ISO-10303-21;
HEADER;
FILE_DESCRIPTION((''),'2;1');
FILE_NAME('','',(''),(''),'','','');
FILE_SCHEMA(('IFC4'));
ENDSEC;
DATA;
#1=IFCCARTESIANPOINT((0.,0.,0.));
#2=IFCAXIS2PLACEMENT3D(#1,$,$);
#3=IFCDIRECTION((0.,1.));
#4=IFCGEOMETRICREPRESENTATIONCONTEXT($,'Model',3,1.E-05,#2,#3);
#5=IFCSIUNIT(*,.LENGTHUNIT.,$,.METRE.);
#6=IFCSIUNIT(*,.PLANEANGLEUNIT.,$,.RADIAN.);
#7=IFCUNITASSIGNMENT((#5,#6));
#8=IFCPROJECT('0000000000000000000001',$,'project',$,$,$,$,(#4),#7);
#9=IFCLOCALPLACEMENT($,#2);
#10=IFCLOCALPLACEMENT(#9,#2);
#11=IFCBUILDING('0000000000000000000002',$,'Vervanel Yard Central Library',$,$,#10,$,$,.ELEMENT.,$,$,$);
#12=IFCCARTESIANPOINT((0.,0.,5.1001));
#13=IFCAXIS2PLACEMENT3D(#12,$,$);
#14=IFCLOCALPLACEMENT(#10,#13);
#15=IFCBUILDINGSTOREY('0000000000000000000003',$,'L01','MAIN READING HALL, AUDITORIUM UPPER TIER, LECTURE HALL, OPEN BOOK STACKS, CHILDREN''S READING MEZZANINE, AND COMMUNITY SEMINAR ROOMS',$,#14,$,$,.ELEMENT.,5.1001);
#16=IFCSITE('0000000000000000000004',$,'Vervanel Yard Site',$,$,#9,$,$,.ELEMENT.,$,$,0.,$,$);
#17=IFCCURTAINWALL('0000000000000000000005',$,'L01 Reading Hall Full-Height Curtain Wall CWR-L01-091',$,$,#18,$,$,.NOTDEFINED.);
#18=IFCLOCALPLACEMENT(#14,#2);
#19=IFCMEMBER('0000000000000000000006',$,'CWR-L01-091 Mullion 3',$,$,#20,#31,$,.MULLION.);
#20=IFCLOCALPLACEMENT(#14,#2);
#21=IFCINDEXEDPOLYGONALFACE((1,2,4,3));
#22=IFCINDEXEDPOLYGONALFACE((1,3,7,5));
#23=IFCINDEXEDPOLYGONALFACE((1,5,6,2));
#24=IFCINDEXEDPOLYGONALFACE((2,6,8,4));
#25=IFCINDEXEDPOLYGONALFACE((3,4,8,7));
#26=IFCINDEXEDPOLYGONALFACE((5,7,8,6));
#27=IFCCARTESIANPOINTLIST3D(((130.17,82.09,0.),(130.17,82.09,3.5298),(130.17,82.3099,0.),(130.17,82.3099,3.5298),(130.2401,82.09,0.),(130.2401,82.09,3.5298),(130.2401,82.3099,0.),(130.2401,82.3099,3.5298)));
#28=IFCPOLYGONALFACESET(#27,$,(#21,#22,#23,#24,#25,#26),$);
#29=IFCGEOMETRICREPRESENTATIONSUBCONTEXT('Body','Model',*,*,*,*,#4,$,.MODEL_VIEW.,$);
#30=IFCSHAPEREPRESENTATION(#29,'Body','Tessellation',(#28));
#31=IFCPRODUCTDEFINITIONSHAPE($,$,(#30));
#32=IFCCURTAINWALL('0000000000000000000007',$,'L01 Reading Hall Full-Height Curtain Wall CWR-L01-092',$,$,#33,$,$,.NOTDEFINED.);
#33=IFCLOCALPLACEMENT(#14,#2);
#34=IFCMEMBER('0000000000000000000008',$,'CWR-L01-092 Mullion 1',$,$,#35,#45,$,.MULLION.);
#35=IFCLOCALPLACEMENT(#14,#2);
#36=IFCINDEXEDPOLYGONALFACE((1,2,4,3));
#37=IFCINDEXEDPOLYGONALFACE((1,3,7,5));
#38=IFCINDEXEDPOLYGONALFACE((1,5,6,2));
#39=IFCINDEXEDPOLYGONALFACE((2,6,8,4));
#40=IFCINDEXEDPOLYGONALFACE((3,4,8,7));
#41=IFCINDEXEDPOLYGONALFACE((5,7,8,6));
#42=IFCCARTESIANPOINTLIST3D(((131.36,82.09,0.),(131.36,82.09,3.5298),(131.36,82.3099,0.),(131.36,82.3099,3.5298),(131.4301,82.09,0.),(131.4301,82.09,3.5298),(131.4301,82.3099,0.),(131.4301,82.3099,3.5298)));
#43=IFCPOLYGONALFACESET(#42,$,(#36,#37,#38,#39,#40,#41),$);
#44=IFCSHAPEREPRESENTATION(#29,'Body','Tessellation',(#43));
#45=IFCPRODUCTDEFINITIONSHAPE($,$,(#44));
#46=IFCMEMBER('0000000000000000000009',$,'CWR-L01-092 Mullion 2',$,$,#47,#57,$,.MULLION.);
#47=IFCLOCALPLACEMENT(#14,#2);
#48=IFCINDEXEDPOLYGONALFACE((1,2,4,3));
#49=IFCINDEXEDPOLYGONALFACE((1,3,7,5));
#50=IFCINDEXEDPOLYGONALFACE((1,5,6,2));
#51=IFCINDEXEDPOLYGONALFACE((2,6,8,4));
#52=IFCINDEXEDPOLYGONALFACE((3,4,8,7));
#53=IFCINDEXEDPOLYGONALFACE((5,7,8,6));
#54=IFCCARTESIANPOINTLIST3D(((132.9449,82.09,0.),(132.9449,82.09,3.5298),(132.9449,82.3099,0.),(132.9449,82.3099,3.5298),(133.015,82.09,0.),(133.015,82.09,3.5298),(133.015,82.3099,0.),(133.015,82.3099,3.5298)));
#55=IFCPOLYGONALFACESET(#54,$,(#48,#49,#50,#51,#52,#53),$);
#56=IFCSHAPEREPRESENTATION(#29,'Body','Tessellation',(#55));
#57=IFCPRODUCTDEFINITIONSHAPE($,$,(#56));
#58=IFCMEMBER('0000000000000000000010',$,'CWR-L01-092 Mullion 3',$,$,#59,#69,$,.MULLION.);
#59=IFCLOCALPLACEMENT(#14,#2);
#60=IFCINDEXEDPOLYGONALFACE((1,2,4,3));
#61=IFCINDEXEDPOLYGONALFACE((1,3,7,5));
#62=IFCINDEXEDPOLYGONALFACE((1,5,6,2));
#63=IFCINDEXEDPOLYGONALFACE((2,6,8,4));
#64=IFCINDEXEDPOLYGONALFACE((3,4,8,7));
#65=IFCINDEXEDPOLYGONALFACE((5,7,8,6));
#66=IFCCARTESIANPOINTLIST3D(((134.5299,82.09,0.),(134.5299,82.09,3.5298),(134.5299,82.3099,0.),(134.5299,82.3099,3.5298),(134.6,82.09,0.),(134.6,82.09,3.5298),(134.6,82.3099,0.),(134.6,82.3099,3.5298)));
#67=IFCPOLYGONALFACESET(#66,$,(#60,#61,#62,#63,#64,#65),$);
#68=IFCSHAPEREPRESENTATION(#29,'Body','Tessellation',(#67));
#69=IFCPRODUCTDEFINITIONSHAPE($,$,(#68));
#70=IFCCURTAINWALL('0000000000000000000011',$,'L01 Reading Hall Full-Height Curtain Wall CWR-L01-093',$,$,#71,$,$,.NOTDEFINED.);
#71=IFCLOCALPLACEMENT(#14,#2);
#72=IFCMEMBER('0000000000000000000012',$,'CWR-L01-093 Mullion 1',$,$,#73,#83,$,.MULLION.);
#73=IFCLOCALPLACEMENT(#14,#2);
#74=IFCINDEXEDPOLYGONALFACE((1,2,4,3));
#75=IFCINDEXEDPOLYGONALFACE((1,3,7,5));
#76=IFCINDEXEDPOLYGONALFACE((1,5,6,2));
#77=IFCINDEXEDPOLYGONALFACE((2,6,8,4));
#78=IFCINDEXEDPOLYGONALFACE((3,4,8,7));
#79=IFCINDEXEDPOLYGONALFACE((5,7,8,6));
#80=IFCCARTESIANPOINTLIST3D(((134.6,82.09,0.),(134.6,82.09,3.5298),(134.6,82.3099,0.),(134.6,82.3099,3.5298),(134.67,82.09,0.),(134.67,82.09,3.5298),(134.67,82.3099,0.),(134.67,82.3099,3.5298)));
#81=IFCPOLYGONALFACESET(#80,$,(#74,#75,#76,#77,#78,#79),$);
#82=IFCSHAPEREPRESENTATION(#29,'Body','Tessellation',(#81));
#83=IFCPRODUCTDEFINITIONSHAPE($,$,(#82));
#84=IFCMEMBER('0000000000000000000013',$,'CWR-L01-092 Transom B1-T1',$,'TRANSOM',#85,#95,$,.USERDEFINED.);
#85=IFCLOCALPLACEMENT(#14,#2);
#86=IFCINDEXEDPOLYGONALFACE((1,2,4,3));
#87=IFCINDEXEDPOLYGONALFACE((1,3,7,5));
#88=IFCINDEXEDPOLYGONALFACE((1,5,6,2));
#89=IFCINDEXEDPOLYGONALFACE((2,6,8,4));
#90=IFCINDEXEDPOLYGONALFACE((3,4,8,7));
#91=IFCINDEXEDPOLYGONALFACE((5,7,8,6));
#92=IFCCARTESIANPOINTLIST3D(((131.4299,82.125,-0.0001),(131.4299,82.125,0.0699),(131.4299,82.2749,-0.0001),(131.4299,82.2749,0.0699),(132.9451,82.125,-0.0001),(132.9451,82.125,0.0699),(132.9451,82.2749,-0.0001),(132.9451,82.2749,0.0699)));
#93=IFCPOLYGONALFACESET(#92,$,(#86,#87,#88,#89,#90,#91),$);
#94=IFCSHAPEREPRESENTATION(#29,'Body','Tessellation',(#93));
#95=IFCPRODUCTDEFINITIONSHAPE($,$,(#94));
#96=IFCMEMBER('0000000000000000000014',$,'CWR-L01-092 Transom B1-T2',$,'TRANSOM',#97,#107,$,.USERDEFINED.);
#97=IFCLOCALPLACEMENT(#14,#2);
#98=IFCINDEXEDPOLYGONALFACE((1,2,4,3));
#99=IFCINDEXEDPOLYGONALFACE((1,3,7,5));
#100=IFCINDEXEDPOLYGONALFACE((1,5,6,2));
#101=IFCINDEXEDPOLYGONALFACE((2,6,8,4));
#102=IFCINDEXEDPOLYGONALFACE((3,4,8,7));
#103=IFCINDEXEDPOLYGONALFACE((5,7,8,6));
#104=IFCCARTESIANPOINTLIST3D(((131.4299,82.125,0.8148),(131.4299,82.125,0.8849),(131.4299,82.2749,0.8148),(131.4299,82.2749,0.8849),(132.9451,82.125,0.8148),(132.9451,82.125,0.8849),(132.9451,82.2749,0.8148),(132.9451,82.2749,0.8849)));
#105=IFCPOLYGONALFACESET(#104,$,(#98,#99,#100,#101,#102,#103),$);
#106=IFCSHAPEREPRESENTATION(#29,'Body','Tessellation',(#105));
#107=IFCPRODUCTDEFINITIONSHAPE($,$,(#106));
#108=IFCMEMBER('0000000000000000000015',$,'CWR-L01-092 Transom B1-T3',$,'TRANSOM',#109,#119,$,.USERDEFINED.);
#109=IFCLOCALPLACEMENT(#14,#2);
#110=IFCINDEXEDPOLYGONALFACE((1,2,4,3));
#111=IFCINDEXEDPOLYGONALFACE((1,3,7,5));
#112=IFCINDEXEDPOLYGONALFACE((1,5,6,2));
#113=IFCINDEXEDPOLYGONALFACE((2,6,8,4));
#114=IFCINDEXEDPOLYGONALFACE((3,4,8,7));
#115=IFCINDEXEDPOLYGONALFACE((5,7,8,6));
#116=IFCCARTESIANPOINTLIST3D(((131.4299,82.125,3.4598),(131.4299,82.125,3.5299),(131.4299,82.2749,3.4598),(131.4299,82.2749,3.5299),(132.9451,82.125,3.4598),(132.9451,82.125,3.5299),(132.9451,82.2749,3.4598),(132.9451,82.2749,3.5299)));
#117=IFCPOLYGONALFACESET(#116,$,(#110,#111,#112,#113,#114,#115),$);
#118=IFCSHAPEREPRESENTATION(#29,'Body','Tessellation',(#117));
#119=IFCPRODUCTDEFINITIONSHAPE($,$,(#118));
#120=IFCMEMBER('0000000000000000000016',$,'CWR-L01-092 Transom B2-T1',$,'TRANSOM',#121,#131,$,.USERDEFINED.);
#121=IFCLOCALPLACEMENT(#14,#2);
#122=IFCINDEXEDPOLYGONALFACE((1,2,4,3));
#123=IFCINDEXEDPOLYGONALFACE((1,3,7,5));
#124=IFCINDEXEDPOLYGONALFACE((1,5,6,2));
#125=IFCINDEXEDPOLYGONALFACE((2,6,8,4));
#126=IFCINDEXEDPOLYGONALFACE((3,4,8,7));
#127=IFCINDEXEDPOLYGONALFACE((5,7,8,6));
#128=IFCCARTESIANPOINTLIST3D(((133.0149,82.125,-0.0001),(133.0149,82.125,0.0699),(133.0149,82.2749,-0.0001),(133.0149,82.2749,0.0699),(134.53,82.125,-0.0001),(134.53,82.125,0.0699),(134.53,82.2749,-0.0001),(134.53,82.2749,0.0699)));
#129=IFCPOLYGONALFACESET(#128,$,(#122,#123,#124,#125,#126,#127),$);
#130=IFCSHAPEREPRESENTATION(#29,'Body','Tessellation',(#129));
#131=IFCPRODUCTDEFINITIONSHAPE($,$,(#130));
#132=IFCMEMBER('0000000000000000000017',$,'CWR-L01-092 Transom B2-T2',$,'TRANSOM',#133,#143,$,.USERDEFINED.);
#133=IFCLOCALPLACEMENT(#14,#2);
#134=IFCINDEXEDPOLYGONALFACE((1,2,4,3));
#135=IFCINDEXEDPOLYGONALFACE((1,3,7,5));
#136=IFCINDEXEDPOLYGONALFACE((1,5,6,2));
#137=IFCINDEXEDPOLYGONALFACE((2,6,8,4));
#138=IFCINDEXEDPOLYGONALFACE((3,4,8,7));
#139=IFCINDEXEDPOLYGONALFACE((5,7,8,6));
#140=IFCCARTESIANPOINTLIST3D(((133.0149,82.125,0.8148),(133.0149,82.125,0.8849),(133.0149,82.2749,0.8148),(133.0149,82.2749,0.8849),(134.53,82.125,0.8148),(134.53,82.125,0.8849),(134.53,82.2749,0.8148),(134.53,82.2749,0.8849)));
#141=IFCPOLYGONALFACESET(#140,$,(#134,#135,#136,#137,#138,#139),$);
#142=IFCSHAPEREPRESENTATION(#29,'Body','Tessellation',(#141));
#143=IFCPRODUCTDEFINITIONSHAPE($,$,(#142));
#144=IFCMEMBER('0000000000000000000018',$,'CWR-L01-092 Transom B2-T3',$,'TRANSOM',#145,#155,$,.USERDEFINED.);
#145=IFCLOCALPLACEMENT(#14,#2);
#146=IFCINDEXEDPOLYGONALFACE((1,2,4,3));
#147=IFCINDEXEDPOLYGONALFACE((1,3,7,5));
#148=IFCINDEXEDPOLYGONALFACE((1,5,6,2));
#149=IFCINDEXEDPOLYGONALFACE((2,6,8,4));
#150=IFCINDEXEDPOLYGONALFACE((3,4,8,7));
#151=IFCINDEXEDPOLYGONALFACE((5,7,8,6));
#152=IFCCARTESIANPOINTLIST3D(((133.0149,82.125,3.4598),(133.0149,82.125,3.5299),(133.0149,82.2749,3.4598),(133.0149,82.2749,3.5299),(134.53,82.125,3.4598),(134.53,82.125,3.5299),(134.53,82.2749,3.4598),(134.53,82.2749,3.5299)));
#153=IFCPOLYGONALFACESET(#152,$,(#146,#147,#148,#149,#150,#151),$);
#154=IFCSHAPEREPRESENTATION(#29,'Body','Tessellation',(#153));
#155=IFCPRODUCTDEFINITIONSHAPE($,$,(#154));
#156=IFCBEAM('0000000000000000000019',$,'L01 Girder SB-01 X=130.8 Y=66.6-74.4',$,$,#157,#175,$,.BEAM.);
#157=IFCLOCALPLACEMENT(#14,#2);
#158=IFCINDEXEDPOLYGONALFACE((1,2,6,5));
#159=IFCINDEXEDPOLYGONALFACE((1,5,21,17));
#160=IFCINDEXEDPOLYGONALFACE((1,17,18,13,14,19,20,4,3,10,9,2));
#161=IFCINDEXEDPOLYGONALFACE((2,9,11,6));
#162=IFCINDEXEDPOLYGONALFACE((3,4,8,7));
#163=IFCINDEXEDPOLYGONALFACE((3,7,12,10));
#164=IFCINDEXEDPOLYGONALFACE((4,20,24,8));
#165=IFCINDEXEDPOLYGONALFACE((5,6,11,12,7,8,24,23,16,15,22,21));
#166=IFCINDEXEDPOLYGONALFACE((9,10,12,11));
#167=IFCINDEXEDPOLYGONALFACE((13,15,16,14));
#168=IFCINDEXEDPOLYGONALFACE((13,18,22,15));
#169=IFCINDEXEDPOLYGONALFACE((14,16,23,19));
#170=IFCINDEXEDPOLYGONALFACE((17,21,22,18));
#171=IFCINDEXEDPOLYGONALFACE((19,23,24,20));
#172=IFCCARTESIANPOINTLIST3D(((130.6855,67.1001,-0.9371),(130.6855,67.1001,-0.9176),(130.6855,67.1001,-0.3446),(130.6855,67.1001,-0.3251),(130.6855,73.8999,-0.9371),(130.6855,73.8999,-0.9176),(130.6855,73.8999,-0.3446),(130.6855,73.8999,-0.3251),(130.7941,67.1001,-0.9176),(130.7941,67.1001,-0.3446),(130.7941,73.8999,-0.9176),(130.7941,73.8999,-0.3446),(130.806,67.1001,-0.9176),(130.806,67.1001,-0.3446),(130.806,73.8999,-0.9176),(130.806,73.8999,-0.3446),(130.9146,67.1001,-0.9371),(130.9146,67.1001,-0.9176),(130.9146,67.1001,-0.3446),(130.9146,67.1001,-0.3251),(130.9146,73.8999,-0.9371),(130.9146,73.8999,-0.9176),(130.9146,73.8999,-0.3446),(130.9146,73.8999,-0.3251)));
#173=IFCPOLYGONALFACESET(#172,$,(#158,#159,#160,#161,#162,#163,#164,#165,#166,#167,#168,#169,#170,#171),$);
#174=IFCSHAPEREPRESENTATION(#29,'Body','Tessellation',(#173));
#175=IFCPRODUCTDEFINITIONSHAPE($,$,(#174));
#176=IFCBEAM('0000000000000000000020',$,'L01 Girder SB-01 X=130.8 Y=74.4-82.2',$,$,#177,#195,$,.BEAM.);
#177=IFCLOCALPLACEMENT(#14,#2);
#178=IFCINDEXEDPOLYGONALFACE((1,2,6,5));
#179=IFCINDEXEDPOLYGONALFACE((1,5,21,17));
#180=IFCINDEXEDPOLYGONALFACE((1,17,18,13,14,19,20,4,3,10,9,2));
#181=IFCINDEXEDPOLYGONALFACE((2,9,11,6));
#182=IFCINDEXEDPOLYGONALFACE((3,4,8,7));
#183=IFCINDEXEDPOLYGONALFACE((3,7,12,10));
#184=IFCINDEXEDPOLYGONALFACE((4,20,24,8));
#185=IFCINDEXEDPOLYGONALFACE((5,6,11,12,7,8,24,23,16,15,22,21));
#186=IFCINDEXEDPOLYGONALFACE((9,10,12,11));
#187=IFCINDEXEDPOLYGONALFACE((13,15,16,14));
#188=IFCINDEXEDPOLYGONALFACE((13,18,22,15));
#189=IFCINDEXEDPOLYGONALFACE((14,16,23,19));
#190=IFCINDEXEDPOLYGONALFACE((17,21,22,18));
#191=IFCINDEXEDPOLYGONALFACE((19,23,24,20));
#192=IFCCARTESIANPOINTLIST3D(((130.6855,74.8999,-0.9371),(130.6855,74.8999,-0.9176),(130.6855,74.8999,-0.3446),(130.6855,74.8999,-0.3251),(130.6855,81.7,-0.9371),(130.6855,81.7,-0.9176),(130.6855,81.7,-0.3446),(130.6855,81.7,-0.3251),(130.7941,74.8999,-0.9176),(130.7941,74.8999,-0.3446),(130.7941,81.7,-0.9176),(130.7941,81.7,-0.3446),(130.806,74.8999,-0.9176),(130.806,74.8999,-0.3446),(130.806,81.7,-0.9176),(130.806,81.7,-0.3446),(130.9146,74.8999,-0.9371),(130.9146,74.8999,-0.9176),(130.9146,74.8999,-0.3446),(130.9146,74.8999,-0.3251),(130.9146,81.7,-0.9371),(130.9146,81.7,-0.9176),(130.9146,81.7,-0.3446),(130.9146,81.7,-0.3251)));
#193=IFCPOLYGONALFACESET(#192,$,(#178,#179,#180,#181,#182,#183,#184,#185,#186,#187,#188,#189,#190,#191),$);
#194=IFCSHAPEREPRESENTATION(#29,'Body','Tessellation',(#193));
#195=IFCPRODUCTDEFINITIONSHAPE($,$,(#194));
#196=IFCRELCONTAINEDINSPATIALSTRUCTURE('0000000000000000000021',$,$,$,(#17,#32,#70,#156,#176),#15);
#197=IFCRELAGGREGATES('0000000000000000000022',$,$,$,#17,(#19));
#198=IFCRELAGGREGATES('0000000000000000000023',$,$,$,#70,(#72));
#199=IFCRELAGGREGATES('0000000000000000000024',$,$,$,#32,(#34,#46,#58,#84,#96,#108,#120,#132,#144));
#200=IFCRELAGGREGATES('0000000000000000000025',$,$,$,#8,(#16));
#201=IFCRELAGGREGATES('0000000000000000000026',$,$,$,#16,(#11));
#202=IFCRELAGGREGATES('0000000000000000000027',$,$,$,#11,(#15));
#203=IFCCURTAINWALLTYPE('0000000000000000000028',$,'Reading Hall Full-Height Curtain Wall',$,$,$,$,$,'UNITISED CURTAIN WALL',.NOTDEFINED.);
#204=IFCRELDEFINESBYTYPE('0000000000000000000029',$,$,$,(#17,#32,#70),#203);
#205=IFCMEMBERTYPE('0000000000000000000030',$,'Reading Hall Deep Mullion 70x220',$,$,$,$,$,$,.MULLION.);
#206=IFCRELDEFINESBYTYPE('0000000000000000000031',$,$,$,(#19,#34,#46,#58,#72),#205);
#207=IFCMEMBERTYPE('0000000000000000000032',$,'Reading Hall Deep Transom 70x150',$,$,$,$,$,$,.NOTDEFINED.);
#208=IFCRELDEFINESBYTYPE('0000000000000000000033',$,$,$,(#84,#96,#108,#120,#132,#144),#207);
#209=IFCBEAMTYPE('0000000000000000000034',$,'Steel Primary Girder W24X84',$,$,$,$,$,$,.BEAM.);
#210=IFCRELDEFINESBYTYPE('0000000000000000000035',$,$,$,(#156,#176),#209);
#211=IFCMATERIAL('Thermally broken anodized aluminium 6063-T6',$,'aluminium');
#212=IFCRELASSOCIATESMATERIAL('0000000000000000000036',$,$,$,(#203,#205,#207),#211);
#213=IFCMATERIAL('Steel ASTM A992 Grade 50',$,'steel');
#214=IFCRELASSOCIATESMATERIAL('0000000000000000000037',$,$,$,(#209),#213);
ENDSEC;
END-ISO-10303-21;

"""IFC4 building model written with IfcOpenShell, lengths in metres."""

from ifc_helpers import new_model, si_unit, direction, frame, origin, origin_2d, place, context, subcontext, project, spatial, rectangle, i_section, extrude, material, material_profile, profile_set, type_object, element, aggregate, save


model = new_model("IFC4")

# Units and contexts
model_context = context("Model", 3, precision=1e-05, world=origin(), true_north=direction((0.0, 1.0)))
body_context = subcontext(model_context, "Body", "Model", "MODEL_VIEW")
ifc_project = project(units=[si_unit("LENGTHUNIT", "METRE"), si_unit("PLANEANGLEUNIT", "RADIAN")], contexts=[model_context])

# Site, building, storey
site_placement = place(None, origin())
site = spatial("IfcSite", under=ifc_project, at=site_placement, Name="Vervanel Yard Site", CompositionType="ELEMENT", RefElevation=0.0)
building_placement = place(site_placement, origin())
building = spatial("IfcBuilding", under=site, at=building_placement, Name="Vervanel Yard Central Library", CompositionType="ELEMENT")
storey_placement = place(building_placement, frame((0.0, 0.0, 5.1001)))
storey = spatial("IfcBuildingStorey", under=building, at=storey_placement, Name="L01", Description="MAIN READING HALL, AUDITORIUM UPPER TIER, LECTURE HALL, OPEN BOOK STACKS, CHILDREN'S READING MEZZANINE, AND COMMUNITY SEMINAR ROOMS", CompositionType="ELEMENT", Elevation=5.1001)

# Curtain wall, member
ifc_material_1 = material(Name="Thermally broken anodized aluminium 6063-T6", Category="aluminium")
curtain_wall_type = type_object("IfcCurtainWallType", Name="Reading Hall Full-Height Curtain Wall", ElementType="UNITISED CURTAIN WALL", PredefinedType="NOTDEFINED", material=ifc_material_1)
curtain_wall_1_placement = place(storey_placement, origin())
curtain_wall_1 = element("IfcCurtainWall", 1, at=curtain_wall_1_placement, inside=storey, type_object=curtain_wall_type, Name="L01 Reading Hall Full-Height Curtain Wall CWR-L01-091", PredefinedType="NOTDEFINED")
ifc_material_profile_1 = material_profile(ifc_material_1, rectangle(XDim=0.0701, YDim=0.22, at=origin_2d()), Name="ALU 70x220", Category="aluminium")
ifc_profile_set_1 = profile_set([ifc_material_profile_1], Name="Thermally broken anodized aluminium 6063-T6")
member_type_1 = type_object("IfcMemberType", Name="Reading Hall Deep Mullion 70x220", PredefinedType="MULLION", material=ifc_profile_set_1)
member_1_placement = place(storey_placement, frame((130.2051, 82.2, 0.0), z_axis=(0.0, 0.0, 1.0), x_axis=(1.0, 0.0, 0.0)))
member_1 = element("IfcMember", 2, at=member_1_placement, type_object=member_type_1, Name="CWR-L01-091 Mullion 3", PredefinedType="MULLION", context=body_context, shape_type="SweptSolid", body=[
    extrude(rectangle(XDim=0.0701, YDim=0.22, at=origin_2d()), origin(), (0.0, 0.0, 1.0), 3.5298),
])
aggregate(curtain_wall_1, [member_1])

# Curtain wall, members
curtain_wall_2_placement = place(storey_placement, origin())
curtain_wall_2 = element("IfcCurtainWall", 3, at=curtain_wall_2_placement, inside=storey, type_object=curtain_wall_type, Name="L01 Reading Hall Full-Height Curtain Wall CWR-L01-092", PredefinedType="NOTDEFINED")
member_2_placement = place(storey_placement, frame((131.395, 82.2, 0.0), z_axis=(0.0, 0.0, 1.0), x_axis=(1.0, 0.0, 0.0)))
member_2 = element("IfcMember", 4, at=member_2_placement, type_object=member_type_1, Name="CWR-L01-092 Mullion 1", PredefinedType="MULLION", context=body_context, shape_type="SweptSolid", body=[
    extrude(rectangle(XDim=0.0701, YDim=0.22, at=origin_2d()), origin(), (0.0, 0.0, 1.0), 3.5298),
])
member_3_placement = place(storey_placement, frame((132.98, 82.2, 0.0), z_axis=(0.0, 0.0, 1.0), x_axis=(1.0, 0.0, 0.0)))
member_3 = element("IfcMember", 5, at=member_3_placement, type_object=member_type_1, Name="CWR-L01-092 Mullion 2", PredefinedType="MULLION", context=body_context, shape_type="SweptSolid", body=[
    extrude(rectangle(XDim=0.0701, YDim=0.22, at=origin_2d()), origin(), (0.0, 0.0, 1.0), 3.5298),
])
member_4_placement = place(storey_placement, frame((134.5649, 82.2, 0.0), z_axis=(0.0, 0.0, 1.0), x_axis=(1.0, 0.0, 0.0)))
member_4 = element("IfcMember", 6, at=member_4_placement, type_object=member_type_1, Name="CWR-L01-092 Mullion 3", PredefinedType="MULLION", context=body_context, shape_type="SweptSolid", body=[
    extrude(rectangle(XDim=0.0701, YDim=0.22, at=origin_2d()), origin(), (0.0, 0.0, 1.0), 3.5298),
])

# Curtain wall, member
curtain_wall_3_placement = place(storey_placement, origin())
curtain_wall_3 = element("IfcCurtainWall", 7, at=curtain_wall_3_placement, inside=storey, type_object=curtain_wall_type, Name="L01 Reading Hall Full-Height Curtain Wall CWR-L01-093", PredefinedType="NOTDEFINED")
member_5_placement = place(storey_placement, frame((134.635, 82.2, 0.0), z_axis=(0.0, 0.0, 1.0), x_axis=(1.0, 0.0, 0.0)))
member_5 = element("IfcMember", 8, at=member_5_placement, type_object=member_type_1, Name="CWR-L01-093 Mullion 1", PredefinedType="MULLION", context=body_context, shape_type="SweptSolid", body=[
    extrude(rectangle(XDim=0.0701, YDim=0.22, at=origin_2d()), origin(), (0.0, 0.0, 1.0), 3.5298),
])
aggregate(curtain_wall_3, [member_5])

# Members
ifc_material_profile_2 = material_profile(ifc_material_1, rectangle(XDim=0.0701, YDim=0.1499, at=origin_2d()), Name="ALU 70x150", Category="aluminium")
ifc_profile_set_2 = profile_set([ifc_material_profile_2], Name="Thermally broken anodized aluminium 6063-T6")
member_type_2 = type_object("IfcMemberType", Name="Reading Hall Deep Transom 70x150", PredefinedType="NOTDEFINED", material=ifc_profile_set_2)
member_6_placement = place(storey_placement, frame((131.4299, 82.2, 0.0349), z_axis=(1.0, 0.0, 0.0), x_axis=(0.0, 0.0, 1.0)))
member_6 = element("IfcMember", 9, at=member_6_placement, type_object=member_type_2, Name="CWR-L01-092 Transom B1-T1", ObjectType="TRANSOM", PredefinedType="USERDEFINED", context=body_context, shape_type="SweptSolid", body=[
    extrude(rectangle(XDim=0.0701, YDim=0.1499, at=origin_2d()), origin(), (0.0, 0.0, 1.0), 1.5151),
])
member_7_placement = place(storey_placement, frame((131.4299, 82.2, 0.8499), z_axis=(1.0, 0.0, 0.0), x_axis=(0.0, 0.0, 1.0)))
member_7 = element("IfcMember", 10, at=member_7_placement, type_object=member_type_2, Name="CWR-L01-092 Transom B1-T2", ObjectType="TRANSOM", PredefinedType="USERDEFINED", context=body_context, shape_type="SweptSolid", body=[
    extrude(rectangle(XDim=0.0701, YDim=0.1499, at=origin_2d()), origin(), (0.0, 0.0, 1.0), 1.5151),
])
member_8_placement = place(storey_placement, frame((131.4299, 82.2, 3.4949), z_axis=(1.0, 0.0, 0.0), x_axis=(0.0, 0.0, 1.0)))
member_8 = element("IfcMember", 11, at=member_8_placement, type_object=member_type_2, Name="CWR-L01-092 Transom B1-T3", ObjectType="TRANSOM", PredefinedType="USERDEFINED", context=body_context, shape_type="SweptSolid", body=[
    extrude(rectangle(XDim=0.0701, YDim=0.1499, at=origin_2d()), origin(), (0.0, 0.0, 1.0), 1.5151),
])
member_9_placement = place(storey_placement, frame((133.0149, 82.2, 0.0349), z_axis=(1.0, 0.0, 0.0), x_axis=(0.0, 0.0, 1.0)))
member_9 = element("IfcMember", 12, at=member_9_placement, type_object=member_type_2, Name="CWR-L01-092 Transom B2-T1", ObjectType="TRANSOM", PredefinedType="USERDEFINED", context=body_context, shape_type="SweptSolid", body=[
    extrude(rectangle(XDim=0.0701, YDim=0.1499, at=origin_2d()), origin(), (0.0, 0.0, 1.0), 1.5151),
])
member_10_placement = place(storey_placement, frame((133.0149, 82.2, 0.8499), z_axis=(1.0, 0.0, 0.0), x_axis=(0.0, 0.0, 1.0)))
member_10 = element("IfcMember", 13, at=member_10_placement, type_object=member_type_2, Name="CWR-L01-092 Transom B2-T2", ObjectType="TRANSOM", PredefinedType="USERDEFINED", context=body_context, shape_type="SweptSolid", body=[
    extrude(rectangle(XDim=0.0701, YDim=0.1499, at=origin_2d()), origin(), (0.0, 0.0, 1.0), 1.5151),
])
member_11_placement = place(storey_placement, frame((133.0149, 82.2, 3.4949), z_axis=(1.0, 0.0, 0.0), x_axis=(0.0, 0.0, 1.0)))
member_11 = element("IfcMember", 14, at=member_11_placement, type_object=member_type_2, Name="CWR-L01-092 Transom B2-T3", ObjectType="TRANSOM", PredefinedType="USERDEFINED", context=body_context, shape_type="SweptSolid", body=[
    extrude(rectangle(XDim=0.0701, YDim=0.1499, at=origin_2d()), origin(), (0.0, 0.0, 1.0), 1.5151),
])

# Beams
ifc_material_2 = material(Name="Steel ASTM A992 Grade 50", Category="steel")
ifc_material_profile_3 = material_profile(ifc_material_2, i_section(OverallWidth=0.229, OverallDepth=0.6121, WebThickness=0.012, FlangeThickness=0.0195, at=origin_2d()), Name="W24X84", Category="steel")
ifc_profile_set_3 = profile_set([ifc_material_profile_3], Name="Steel ASTM A992 Grade 50")
beam_type_1 = type_object("IfcBeamType", Name="Steel Primary Girder W24X84", PredefinedType="BEAM", material=ifc_profile_set_3)
beam_1_placement = place(storey_placement, frame((130.8, 67.1001, -0.6311), z_axis=(0.0, 1.0, 0.0), x_axis=(-1.0, 0.0, 0.0)))
element("IfcBeam", 15, at=beam_1_placement, inside=storey, type_object=beam_type_1, Name="L01 Girder SB-01 X=130.8 Y=66.6-74.4", PredefinedType="BEAM", context=body_context, shape_type="SweptSolid", body=[
    extrude(i_section(OverallWidth=0.229, OverallDepth=0.6121, WebThickness=0.012, FlangeThickness=0.0195, at=origin_2d()), origin(), (0.0, 0.0, 1.0), 6.7998),
])
beam_2_placement = place(storey_placement, frame((130.8, 74.8999, -0.6311), z_axis=(0.0, 1.0, 0.0), x_axis=(-1.0, 0.0, 0.0)))
element("IfcBeam", 16, at=beam_2_placement, inside=storey, type_object=beam_type_1, Name="L01 Girder SB-01 X=130.8 Y=74.4-82.2", PredefinedType="BEAM", context=body_context, shape_type="SweptSolid", body=[
    extrude(i_section(OverallWidth=0.229, OverallDepth=0.6121, WebThickness=0.012, FlangeThickness=0.0195, at=origin_2d()), origin(), (0.0, 0.0, 1.0), 6.8),
])

aggregate(curtain_wall_2, [member_2, member_3, member_4, member_6, member_7, member_8, member_9, member_10, member_11])

save(model, "model.ifc")
